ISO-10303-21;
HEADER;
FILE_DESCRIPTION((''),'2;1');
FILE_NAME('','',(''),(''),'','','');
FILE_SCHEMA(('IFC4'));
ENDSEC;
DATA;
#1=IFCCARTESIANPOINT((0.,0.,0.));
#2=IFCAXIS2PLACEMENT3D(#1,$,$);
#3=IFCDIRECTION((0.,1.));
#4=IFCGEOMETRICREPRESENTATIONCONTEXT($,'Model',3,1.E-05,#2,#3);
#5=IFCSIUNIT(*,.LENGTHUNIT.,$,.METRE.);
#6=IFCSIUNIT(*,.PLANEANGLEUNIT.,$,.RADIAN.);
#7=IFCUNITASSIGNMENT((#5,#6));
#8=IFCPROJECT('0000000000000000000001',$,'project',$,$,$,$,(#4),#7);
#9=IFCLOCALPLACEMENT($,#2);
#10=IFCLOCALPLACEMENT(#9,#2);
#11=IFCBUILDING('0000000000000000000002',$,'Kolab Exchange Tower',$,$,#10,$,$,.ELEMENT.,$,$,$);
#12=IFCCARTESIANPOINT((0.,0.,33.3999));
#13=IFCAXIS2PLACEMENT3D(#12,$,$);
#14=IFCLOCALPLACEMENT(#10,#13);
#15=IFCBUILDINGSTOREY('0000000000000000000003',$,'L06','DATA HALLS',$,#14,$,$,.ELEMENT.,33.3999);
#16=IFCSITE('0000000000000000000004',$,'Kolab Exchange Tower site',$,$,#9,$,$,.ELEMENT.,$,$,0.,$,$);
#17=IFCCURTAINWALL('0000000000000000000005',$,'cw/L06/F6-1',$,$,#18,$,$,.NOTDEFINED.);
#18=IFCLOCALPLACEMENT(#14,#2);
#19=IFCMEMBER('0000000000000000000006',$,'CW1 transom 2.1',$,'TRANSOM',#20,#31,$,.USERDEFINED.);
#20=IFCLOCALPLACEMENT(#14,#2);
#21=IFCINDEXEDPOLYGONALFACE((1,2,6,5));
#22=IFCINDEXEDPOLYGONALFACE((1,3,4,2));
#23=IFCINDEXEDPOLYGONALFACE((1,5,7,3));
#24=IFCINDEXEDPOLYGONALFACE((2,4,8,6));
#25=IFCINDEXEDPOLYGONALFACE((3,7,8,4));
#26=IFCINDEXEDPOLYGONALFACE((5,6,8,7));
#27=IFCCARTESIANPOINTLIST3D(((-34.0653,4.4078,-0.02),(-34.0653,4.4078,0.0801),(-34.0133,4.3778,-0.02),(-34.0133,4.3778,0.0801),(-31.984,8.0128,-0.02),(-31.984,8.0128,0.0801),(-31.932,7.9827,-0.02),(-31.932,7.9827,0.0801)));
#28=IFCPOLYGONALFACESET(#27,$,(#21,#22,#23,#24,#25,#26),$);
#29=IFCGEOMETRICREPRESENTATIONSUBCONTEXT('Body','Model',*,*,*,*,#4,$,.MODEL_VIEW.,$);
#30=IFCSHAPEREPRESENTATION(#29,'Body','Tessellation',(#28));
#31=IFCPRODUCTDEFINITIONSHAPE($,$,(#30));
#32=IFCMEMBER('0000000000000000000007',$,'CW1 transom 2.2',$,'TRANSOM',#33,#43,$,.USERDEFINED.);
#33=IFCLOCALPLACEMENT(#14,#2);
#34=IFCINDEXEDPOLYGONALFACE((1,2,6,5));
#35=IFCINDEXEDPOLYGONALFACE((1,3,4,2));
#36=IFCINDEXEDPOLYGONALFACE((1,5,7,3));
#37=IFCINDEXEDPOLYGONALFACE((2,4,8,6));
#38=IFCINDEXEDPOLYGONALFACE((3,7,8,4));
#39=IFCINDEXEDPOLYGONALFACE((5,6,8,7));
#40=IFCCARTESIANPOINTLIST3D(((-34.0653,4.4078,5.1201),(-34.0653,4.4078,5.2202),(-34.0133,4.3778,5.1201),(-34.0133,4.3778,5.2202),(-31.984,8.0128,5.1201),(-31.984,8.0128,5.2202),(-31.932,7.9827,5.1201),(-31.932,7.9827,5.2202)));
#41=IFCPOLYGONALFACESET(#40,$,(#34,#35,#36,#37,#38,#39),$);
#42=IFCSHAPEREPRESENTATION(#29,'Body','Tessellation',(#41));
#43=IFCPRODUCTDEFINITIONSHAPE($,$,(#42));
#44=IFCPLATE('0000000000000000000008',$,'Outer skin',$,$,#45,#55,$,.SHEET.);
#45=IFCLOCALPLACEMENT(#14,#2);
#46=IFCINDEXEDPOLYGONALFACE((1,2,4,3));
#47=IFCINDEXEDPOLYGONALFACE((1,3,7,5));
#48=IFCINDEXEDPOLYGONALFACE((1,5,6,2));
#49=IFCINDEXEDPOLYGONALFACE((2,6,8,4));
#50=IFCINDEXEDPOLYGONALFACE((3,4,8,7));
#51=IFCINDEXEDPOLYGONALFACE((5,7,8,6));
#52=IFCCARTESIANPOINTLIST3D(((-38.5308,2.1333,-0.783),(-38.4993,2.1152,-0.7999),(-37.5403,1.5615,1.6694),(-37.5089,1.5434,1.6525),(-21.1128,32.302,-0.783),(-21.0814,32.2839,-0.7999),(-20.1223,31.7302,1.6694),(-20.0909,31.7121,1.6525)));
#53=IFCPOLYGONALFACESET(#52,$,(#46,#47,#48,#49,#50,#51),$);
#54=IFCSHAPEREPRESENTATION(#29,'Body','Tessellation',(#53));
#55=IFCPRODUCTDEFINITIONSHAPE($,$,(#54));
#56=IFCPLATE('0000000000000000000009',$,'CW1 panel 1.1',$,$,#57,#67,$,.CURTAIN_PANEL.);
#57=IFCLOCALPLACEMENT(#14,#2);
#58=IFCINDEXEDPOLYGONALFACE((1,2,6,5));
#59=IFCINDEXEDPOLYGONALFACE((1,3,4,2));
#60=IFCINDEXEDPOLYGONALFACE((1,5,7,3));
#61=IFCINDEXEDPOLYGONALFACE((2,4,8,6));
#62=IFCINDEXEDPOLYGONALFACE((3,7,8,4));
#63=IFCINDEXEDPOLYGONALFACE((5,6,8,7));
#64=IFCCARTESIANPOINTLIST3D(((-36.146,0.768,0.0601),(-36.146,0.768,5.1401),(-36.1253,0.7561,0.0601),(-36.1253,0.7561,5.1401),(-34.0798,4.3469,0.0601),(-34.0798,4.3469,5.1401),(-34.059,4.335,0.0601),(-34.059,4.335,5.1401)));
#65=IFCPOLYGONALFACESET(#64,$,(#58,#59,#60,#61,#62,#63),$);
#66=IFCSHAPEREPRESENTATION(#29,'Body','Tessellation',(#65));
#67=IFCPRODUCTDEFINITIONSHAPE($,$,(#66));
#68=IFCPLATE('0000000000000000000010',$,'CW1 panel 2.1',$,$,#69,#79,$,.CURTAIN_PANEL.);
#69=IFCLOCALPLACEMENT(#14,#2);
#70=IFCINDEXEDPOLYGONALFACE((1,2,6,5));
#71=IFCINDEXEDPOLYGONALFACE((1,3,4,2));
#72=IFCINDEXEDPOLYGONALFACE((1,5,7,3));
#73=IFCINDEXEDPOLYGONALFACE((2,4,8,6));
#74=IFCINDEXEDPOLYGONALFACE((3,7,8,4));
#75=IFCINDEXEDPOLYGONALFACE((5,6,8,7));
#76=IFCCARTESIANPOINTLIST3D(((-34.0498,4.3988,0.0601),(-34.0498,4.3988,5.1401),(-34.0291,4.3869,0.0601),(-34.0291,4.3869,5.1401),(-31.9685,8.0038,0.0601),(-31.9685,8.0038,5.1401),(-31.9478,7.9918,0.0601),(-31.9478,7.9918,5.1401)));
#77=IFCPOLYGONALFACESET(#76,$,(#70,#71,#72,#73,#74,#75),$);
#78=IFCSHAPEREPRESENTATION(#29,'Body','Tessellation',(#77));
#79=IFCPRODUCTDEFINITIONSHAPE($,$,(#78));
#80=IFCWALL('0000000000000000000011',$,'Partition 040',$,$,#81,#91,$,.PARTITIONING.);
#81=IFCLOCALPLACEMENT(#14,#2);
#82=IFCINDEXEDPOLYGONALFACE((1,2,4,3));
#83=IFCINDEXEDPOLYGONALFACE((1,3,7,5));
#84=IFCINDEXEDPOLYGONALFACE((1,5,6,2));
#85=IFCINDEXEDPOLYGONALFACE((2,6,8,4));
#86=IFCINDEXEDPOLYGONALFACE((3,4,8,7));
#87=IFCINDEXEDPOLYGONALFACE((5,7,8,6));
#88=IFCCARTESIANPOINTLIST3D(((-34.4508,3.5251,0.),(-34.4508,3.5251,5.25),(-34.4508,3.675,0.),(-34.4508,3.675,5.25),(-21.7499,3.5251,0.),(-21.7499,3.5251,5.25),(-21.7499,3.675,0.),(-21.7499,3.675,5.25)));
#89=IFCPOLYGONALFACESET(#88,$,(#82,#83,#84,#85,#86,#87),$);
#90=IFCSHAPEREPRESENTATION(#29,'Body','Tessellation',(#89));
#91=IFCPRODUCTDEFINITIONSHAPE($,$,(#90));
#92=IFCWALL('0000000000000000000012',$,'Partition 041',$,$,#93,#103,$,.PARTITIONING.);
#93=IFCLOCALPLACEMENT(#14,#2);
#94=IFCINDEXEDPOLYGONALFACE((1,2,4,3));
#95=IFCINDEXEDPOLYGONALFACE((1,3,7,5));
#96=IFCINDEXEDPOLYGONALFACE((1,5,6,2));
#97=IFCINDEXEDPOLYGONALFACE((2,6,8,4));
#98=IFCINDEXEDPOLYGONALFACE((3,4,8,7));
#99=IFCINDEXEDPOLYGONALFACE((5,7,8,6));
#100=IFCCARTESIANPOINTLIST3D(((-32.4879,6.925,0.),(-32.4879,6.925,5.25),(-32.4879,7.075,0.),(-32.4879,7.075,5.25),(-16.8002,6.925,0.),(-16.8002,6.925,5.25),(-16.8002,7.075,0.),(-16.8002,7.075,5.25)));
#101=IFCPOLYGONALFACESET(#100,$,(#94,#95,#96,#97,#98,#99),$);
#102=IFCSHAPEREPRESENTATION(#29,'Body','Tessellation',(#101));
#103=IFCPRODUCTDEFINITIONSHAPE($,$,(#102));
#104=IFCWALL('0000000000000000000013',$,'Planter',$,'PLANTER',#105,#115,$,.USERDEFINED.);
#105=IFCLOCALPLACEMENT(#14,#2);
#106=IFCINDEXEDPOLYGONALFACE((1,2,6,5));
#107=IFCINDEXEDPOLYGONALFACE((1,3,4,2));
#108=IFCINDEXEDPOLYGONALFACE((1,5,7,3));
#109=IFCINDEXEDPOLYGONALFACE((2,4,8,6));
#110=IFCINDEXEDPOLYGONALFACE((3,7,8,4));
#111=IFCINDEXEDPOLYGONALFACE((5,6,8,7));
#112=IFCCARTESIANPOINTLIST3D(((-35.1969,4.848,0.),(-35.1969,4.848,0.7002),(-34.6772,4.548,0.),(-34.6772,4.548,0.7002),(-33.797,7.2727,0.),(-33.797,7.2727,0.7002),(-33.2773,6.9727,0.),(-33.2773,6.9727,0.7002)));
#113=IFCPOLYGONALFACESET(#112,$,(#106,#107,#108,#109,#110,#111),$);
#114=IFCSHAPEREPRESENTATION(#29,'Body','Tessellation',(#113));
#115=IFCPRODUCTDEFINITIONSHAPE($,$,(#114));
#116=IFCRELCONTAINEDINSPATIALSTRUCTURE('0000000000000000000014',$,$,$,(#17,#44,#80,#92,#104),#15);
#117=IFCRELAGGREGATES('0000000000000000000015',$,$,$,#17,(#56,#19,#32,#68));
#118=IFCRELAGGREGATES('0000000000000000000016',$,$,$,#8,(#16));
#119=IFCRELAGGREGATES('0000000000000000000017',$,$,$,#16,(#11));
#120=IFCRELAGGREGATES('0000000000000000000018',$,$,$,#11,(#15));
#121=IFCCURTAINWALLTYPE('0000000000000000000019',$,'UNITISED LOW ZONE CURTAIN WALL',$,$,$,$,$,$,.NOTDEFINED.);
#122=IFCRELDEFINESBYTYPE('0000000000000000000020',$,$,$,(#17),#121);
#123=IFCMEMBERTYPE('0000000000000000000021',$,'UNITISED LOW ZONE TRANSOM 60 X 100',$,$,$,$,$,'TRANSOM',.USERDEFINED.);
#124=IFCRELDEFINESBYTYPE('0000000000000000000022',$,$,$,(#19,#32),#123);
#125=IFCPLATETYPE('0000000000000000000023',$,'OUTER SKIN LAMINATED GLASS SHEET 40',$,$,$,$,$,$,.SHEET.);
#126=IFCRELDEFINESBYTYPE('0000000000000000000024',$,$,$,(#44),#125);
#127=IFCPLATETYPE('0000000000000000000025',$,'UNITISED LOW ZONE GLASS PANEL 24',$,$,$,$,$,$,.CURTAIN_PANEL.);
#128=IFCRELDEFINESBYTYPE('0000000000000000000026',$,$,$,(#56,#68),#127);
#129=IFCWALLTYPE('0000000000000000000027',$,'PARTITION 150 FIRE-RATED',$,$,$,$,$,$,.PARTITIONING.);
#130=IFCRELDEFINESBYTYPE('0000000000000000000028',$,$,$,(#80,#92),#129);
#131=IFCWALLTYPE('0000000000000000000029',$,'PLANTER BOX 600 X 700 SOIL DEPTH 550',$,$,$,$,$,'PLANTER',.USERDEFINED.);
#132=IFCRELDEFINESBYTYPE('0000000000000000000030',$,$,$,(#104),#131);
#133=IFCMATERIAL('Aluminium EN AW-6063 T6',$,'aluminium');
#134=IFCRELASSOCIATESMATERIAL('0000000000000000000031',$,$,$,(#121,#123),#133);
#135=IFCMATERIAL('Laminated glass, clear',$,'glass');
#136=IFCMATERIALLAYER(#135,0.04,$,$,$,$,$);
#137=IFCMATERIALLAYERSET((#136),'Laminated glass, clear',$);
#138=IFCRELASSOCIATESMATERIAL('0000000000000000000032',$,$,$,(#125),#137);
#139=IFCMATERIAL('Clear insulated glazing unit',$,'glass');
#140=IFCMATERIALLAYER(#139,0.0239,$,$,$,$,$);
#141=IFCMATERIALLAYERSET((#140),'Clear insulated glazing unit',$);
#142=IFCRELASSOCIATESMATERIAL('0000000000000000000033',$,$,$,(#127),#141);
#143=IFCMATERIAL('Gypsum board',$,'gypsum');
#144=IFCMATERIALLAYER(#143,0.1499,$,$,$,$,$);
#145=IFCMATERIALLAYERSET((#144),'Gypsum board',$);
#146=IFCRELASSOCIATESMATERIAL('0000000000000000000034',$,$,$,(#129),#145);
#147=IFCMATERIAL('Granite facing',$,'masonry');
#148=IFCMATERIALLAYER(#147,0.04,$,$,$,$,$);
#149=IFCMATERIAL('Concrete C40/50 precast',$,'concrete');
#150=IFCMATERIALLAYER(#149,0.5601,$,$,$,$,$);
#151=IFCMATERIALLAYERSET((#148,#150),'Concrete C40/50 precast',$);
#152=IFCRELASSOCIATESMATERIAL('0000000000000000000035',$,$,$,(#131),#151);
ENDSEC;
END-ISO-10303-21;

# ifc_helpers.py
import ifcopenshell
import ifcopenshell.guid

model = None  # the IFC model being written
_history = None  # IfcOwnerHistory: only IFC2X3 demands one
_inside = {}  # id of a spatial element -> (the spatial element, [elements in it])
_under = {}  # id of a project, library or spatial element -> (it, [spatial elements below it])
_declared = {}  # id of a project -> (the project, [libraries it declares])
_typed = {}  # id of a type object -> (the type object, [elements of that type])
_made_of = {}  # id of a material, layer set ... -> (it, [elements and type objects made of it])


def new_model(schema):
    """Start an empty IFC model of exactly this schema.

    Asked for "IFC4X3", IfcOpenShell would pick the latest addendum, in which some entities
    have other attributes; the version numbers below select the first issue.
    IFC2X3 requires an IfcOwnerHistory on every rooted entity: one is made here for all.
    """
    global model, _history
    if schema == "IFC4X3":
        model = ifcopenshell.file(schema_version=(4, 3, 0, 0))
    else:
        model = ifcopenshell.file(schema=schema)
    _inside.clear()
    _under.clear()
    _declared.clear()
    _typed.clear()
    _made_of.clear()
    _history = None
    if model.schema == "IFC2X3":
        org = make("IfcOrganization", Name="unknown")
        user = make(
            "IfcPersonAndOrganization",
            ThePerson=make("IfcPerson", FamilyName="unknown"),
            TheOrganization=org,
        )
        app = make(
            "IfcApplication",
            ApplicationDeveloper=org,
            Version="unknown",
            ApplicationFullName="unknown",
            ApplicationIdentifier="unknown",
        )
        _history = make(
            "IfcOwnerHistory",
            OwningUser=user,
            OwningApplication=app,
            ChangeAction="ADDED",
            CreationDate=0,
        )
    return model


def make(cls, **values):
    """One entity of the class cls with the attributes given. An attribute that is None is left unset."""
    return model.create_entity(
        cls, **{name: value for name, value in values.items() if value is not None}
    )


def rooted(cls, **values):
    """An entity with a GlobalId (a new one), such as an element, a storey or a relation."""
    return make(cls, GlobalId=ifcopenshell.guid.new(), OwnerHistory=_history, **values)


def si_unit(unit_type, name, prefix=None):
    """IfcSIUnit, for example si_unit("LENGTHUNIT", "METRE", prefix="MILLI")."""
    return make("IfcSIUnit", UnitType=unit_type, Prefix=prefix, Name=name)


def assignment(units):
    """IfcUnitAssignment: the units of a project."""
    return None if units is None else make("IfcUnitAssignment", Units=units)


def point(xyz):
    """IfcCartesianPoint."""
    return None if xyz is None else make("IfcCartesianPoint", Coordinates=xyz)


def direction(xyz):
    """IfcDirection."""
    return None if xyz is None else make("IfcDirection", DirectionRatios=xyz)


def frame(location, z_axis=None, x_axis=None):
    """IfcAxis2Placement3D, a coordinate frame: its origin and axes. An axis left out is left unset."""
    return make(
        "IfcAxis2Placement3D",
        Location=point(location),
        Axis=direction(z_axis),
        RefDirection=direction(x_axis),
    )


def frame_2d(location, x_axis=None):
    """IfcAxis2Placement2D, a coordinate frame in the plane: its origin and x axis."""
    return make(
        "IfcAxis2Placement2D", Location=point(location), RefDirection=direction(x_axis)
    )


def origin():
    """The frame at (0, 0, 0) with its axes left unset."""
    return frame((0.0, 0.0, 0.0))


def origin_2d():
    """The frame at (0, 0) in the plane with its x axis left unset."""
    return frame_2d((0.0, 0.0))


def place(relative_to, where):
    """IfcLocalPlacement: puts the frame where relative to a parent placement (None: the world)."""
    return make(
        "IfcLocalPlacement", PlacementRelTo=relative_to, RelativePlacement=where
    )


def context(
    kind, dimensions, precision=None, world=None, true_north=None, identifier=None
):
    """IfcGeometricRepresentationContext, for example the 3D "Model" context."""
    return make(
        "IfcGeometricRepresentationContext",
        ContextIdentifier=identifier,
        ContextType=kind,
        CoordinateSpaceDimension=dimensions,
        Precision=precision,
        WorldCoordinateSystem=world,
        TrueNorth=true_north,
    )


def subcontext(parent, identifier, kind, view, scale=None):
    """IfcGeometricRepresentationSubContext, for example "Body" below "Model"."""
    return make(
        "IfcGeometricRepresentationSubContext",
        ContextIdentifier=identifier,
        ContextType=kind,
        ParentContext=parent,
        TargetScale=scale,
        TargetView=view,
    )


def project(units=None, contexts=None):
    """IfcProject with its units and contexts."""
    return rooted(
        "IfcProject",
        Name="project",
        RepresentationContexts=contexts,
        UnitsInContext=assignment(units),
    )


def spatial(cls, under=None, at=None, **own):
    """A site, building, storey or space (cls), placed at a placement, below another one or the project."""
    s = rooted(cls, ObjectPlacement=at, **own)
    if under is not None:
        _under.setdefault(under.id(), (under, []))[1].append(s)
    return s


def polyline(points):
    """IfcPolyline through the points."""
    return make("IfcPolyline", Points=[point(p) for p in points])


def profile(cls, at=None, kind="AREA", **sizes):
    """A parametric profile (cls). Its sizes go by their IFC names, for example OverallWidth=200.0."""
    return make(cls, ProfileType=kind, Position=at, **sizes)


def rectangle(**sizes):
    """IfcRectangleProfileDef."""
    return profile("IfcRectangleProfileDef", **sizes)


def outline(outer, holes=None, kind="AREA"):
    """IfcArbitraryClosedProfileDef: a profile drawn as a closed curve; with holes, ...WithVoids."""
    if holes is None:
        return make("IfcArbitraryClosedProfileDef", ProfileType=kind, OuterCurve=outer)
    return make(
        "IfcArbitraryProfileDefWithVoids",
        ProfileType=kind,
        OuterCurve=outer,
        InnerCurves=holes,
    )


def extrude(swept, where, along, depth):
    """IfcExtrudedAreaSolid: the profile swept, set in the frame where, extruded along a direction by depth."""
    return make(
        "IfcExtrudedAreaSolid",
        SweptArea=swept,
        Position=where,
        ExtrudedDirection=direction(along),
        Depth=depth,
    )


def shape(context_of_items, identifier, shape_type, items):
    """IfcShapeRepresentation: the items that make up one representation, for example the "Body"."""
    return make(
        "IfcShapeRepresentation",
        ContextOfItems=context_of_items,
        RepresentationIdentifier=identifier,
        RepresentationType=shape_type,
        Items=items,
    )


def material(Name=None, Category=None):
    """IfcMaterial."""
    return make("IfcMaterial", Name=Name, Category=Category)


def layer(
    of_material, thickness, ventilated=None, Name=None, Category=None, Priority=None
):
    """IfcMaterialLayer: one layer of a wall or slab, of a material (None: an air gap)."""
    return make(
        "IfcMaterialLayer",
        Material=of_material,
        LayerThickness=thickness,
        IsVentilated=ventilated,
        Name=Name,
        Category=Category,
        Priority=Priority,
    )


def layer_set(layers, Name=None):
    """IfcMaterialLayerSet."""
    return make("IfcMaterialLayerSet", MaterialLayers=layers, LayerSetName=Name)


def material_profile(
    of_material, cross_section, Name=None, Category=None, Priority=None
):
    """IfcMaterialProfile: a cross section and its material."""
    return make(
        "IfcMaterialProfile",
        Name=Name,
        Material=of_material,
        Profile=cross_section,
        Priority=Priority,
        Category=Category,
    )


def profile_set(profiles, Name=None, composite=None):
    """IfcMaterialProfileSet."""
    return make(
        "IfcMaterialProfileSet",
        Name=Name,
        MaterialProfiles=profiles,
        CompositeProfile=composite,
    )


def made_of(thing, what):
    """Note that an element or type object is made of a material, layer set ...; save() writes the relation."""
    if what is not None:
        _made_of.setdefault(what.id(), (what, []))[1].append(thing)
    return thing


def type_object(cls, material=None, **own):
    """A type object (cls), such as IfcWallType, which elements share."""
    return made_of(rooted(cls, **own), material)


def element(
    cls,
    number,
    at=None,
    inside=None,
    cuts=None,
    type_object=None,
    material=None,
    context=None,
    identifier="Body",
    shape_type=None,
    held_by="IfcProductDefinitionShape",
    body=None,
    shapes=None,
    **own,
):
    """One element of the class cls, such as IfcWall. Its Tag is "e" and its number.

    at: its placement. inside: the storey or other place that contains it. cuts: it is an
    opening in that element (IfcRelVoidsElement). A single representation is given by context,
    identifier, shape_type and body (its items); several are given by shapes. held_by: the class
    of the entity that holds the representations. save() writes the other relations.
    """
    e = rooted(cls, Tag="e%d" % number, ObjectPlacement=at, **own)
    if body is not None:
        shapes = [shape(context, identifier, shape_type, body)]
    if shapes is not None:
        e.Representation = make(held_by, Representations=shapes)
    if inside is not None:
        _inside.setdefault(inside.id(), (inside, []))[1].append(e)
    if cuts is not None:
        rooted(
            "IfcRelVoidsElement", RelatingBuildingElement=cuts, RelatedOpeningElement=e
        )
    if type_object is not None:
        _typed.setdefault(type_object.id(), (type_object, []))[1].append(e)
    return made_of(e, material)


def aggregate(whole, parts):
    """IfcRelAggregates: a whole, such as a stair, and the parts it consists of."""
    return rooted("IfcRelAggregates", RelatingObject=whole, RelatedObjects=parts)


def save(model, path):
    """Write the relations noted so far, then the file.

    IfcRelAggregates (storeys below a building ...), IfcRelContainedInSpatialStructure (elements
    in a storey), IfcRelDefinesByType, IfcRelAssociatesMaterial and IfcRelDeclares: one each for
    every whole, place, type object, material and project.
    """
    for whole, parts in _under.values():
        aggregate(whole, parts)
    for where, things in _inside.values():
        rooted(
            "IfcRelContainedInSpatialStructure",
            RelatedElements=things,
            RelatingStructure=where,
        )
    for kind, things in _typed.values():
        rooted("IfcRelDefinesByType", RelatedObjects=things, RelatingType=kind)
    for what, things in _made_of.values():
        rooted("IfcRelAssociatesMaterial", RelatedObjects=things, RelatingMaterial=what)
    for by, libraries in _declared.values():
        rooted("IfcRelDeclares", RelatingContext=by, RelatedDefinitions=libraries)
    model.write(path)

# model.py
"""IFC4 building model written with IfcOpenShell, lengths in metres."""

from ifc_helpers import new_model, si_unit, direction, frame, frame_2d, origin, origin_2d, place, context, subcontext, project, spatial, polyline, rectangle, outline, extrude, material, layer, layer_set, material_profile, profile_set, type_object, element, aggregate, save


model = new_model("IFC4")

# Units and contexts
model_context = context("Model", 3, precision=1e-05, world=origin(), true_north=direction((0.0, 1.0)))
body_context = subcontext(model_context, "Body", "Model", "MODEL_VIEW")
ifc_project = project(units=[si_unit("LENGTHUNIT", "METRE"), si_unit("PLANEANGLEUNIT", "RADIAN")], contexts=[model_context])

# Site, building, storey
site_placement = place(None, origin())
site = spatial("IfcSite", under=ifc_project, at=site_placement, Name="Kolab Exchange Tower site", CompositionType="ELEMENT", RefElevation=0.0)
building_placement = place(site_placement, origin())
building = spatial("IfcBuilding", under=site, at=building_placement, Name="Kolab Exchange Tower", CompositionType="ELEMENT")
storey_placement = place(building_placement, frame((0.0, 0.0, 33.3999)))
storey = spatial("IfcBuildingStorey", under=building, at=storey_placement, Name="L06", Description="DATA HALLS", CompositionType="ELEMENT", Elevation=33.3999)

# Curtain wall
ifc_material_1 = material(Name="Aluminium EN AW-6063 T6", Category="aluminium")
curtain_wall_type = type_object("IfcCurtainWallType", Name="UNITISED LOW ZONE CURTAIN WALL", PredefinedType="NOTDEFINED", material=ifc_material_1)
curtain_wall_1_placement = place(storey_placement, origin())
curtain_wall_1 = element("IfcCurtainWall", 1, at=curtain_wall_1_placement, inside=storey, type_object=curtain_wall_type, Name="cw/L06/F6-1", PredefinedType="NOTDEFINED")

# Members
ifc_material_profile_1 = material_profile(ifc_material_1, rectangle(XDim=0.0601, YDim=0.1001, at=origin_2d()), Name="RECT 60X100")
ifc_profile_set_1 = profile_set([ifc_material_profile_1], Name="Aluminium EN AW-6063 T6")
member_type_1 = type_object("IfcMemberType", Name="UNITISED LOW ZONE TRANSOM 60 X 100", ElementType="TRANSOM", PredefinedType="USERDEFINED", material=ifc_profile_set_1)
member_1_placement = place(storey_placement, frame((-34.0393, 4.3928, 0.03), z_axis=(0.499993, 0.866029, 0.0), x_axis=(-0.866029, 0.499993, 0.0)))
member_1 = element("IfcMember", 2, at=member_1_placement, type_object=member_type_1, Name="CW1 transom 2.1", ObjectType="TRANSOM", PredefinedType="USERDEFINED", context=body_context, shape_type="SweptSolid", body=[
    extrude(rectangle(XDim=0.0601, YDim=0.1001, at=origin_2d()), origin(), (0.0, 0.0, 1.0), 4.1626),
])
member_2_placement = place(storey_placement, frame((-34.0393, 4.3928, 5.1702), z_axis=(0.499993, 0.866029, 0.0), x_axis=(-0.866029, 0.499993, 0.0)))
member_2 = element("IfcMember", 3, at=member_2_placement, type_object=member_type_1, Name="CW1 transom 2.2", ObjectType="TRANSOM", PredefinedType="USERDEFINED", context=body_context, shape_type="SweptSolid", body=[
    extrude(rectangle(XDim=0.0601, YDim=0.1001, at=origin_2d()), origin(), (0.0, 0.0, 1.0), 4.1626),
])

# Plates
ifc_material_2 = material(Name="Laminated glass, clear", Category="glass")
ifc_layer_1 = layer(ifc_material_2, 0.04)
ifc_layer_set_1 = layer_set([ifc_layer_1], Name="Laminated glass, clear")
plate_type_1 = type_object("IfcPlateType", Name="OUTER SKIN LAMINATED GLASS SHEET 40", PredefinedType="SHEET", material=ifc_layer_set_1)
plate_1_placement = place(storey_placement, frame((-38.5308, 2.1333, -0.783), z_axis=(-0.784873, 0.453148, 0.422648), x_axis=(0.500001, 0.866025, 0.0)))
element("IfcPlate", 4, at=plate_1_placement, inside=storey, type_object=plate_type_1, Name="Outer skin", PredefinedType="SHEET", context=body_context, shape_type="SweptSolid", body=[
    extrude(outline(polyline([(0.0, 0.0), (34.8358, 0.0), (34.8359, -2.706), (0.0001, -2.706), (0.0, 0.0)])), origin(), (0.0, 0.0, -1.0), 0.04),
])
ifc_material_3 = material(Name="Clear insulated glazing unit", Category="glass")
ifc_layer_2 = layer(ifc_material_3, 0.0239)
ifc_layer_set_2 = layer_set([ifc_layer_2], Name="Clear insulated glazing unit")
plate_type_2 = type_object("IfcPlateType", Name="UNITISED LOW ZONE GLASS PANEL 24", PredefinedType="CURTAIN_PANEL", material=ifc_layer_set_2)
plate_2_placement = place(storey_placement, frame((-35.1025, 2.5515, 0.0601), z_axis=(0.0, 0.0, 1.0), x_axis=(0.5, 0.866025, 0.0)))
plate_2 = element("IfcPlate", 5, at=plate_2_placement, type_object=plate_type_2, Name="CW1 panel 1.1", PredefinedType="CURTAIN_PANEL", context=body_context, shape_type="SweptSolid", body=[
    extrude(rectangle(XDim=4.1326, YDim=0.0239, at=origin_2d()), origin(), (0.0, 0.0, 1.0), 5.0801),
])
plate_3_placement = place(storey_placement, frame((-32.9988, 6.1953, 0.0601), z_axis=(0.0, 0.0, 1.0), x_axis=(0.5, 0.866025, 0.0)))
plate_3 = element("IfcPlate", 6, at=plate_3_placement, type_object=plate_type_2, Name="CW1 panel 2.1", PredefinedType="CURTAIN_PANEL", context=body_context, shape_type="SweptSolid", body=[
    extrude(rectangle(XDim=4.1626, YDim=0.0239, at=origin_2d()), origin(), (0.0, 0.0, 1.0), 5.0801),
])
aggregate(curtain_wall_1, [plate_2, member_1, member_2, plate_3])

# Walls
ifc_material_4 = material(Name="Gypsum board", Category="gypsum")
ifc_layer_3 = layer(ifc_material_4, 0.1499)
ifc_layer_set_3 = layer_set([ifc_layer_3], Name="Gypsum board")
wall_type_1 = type_object("IfcWallType", Name="PARTITION 150 FIRE-RATED", PredefinedType="PARTITIONING", material=ifc_layer_set_3)
wall_1_placement = place(storey_placement, frame((-34.4509, 3.6001, 0.0), z_axis=(0.0, 0.0, 1.0), x_axis=(1.0, 0.0, 0.0)))
element("IfcWall", 7, at=wall_1_placement, inside=storey, type_object=wall_type_1, Name="Partition 040", PredefinedType="PARTITIONING", context=body_context, shape_type="SweptSolid", body=[
    extrude(rectangle(XDim=12.7009, YDim=0.1499, at=frame_2d((6.3506, 0.0))), origin(), (0.0, 0.0, 1.0), 5.25),
])
wall_2_placement = place(storey_placement, frame((-32.4878, 7.0, 0.0), z_axis=(0.0, 0.0, 1.0), x_axis=(1.0, 0.0, 0.0)))
element("IfcWall", 8, at=wall_2_placement, inside=storey, type_object=wall_type_1, Name="Partition 041", PredefinedType="PARTITIONING", context=body_context, shape_type="SweptSolid", body=[
    extrude(rectangle(XDim=15.6877, YDim=0.1499, at=frame_2d((7.8438, 0.0))), origin(), (0.0, 0.0, 1.0), 5.25),
])
ifc_material_5 = material(Name="Granite facing", Category="masonry")
ifc_layer_4 = layer(ifc_material_5, 0.04)
ifc_material_6 = material(Name="Concrete C40/50 precast", Category="concrete")
ifc_layer_5 = layer(ifc_material_6, 0.5601)
ifc_layer_set_4 = layer_set([ifc_layer_4, ifc_layer_5], Name="Concrete C40/50 precast")
wall_type_2 = type_object("IfcWallType", Name="PLANTER BOX 600 X 700 SOIL DEPTH 550", ElementType="PLANTER", PredefinedType="USERDEFINED", material=ifc_layer_set_4)
wall_3_placement = place(storey_placement, frame((-34.937, 4.698, 0.0), z_axis=(0.0, 0.0, 1.0), x_axis=(0.499984, 0.866035, 0.0)))
element("IfcWall", 9, at=wall_3_placement, inside=storey, type_object=wall_type_2, Name="Planter", ObjectType="PLANTER", PredefinedType="USERDEFINED", context=body_context, shape_type="SweptSolid", body=[
    extrude(rectangle(XDim=2.7998, YDim=0.6001, at=frame_2d((1.3999, 0.0))), origin(), (0.0, 0.0, 1.0), 0.7002),
])

save(model, "model.ifc")
